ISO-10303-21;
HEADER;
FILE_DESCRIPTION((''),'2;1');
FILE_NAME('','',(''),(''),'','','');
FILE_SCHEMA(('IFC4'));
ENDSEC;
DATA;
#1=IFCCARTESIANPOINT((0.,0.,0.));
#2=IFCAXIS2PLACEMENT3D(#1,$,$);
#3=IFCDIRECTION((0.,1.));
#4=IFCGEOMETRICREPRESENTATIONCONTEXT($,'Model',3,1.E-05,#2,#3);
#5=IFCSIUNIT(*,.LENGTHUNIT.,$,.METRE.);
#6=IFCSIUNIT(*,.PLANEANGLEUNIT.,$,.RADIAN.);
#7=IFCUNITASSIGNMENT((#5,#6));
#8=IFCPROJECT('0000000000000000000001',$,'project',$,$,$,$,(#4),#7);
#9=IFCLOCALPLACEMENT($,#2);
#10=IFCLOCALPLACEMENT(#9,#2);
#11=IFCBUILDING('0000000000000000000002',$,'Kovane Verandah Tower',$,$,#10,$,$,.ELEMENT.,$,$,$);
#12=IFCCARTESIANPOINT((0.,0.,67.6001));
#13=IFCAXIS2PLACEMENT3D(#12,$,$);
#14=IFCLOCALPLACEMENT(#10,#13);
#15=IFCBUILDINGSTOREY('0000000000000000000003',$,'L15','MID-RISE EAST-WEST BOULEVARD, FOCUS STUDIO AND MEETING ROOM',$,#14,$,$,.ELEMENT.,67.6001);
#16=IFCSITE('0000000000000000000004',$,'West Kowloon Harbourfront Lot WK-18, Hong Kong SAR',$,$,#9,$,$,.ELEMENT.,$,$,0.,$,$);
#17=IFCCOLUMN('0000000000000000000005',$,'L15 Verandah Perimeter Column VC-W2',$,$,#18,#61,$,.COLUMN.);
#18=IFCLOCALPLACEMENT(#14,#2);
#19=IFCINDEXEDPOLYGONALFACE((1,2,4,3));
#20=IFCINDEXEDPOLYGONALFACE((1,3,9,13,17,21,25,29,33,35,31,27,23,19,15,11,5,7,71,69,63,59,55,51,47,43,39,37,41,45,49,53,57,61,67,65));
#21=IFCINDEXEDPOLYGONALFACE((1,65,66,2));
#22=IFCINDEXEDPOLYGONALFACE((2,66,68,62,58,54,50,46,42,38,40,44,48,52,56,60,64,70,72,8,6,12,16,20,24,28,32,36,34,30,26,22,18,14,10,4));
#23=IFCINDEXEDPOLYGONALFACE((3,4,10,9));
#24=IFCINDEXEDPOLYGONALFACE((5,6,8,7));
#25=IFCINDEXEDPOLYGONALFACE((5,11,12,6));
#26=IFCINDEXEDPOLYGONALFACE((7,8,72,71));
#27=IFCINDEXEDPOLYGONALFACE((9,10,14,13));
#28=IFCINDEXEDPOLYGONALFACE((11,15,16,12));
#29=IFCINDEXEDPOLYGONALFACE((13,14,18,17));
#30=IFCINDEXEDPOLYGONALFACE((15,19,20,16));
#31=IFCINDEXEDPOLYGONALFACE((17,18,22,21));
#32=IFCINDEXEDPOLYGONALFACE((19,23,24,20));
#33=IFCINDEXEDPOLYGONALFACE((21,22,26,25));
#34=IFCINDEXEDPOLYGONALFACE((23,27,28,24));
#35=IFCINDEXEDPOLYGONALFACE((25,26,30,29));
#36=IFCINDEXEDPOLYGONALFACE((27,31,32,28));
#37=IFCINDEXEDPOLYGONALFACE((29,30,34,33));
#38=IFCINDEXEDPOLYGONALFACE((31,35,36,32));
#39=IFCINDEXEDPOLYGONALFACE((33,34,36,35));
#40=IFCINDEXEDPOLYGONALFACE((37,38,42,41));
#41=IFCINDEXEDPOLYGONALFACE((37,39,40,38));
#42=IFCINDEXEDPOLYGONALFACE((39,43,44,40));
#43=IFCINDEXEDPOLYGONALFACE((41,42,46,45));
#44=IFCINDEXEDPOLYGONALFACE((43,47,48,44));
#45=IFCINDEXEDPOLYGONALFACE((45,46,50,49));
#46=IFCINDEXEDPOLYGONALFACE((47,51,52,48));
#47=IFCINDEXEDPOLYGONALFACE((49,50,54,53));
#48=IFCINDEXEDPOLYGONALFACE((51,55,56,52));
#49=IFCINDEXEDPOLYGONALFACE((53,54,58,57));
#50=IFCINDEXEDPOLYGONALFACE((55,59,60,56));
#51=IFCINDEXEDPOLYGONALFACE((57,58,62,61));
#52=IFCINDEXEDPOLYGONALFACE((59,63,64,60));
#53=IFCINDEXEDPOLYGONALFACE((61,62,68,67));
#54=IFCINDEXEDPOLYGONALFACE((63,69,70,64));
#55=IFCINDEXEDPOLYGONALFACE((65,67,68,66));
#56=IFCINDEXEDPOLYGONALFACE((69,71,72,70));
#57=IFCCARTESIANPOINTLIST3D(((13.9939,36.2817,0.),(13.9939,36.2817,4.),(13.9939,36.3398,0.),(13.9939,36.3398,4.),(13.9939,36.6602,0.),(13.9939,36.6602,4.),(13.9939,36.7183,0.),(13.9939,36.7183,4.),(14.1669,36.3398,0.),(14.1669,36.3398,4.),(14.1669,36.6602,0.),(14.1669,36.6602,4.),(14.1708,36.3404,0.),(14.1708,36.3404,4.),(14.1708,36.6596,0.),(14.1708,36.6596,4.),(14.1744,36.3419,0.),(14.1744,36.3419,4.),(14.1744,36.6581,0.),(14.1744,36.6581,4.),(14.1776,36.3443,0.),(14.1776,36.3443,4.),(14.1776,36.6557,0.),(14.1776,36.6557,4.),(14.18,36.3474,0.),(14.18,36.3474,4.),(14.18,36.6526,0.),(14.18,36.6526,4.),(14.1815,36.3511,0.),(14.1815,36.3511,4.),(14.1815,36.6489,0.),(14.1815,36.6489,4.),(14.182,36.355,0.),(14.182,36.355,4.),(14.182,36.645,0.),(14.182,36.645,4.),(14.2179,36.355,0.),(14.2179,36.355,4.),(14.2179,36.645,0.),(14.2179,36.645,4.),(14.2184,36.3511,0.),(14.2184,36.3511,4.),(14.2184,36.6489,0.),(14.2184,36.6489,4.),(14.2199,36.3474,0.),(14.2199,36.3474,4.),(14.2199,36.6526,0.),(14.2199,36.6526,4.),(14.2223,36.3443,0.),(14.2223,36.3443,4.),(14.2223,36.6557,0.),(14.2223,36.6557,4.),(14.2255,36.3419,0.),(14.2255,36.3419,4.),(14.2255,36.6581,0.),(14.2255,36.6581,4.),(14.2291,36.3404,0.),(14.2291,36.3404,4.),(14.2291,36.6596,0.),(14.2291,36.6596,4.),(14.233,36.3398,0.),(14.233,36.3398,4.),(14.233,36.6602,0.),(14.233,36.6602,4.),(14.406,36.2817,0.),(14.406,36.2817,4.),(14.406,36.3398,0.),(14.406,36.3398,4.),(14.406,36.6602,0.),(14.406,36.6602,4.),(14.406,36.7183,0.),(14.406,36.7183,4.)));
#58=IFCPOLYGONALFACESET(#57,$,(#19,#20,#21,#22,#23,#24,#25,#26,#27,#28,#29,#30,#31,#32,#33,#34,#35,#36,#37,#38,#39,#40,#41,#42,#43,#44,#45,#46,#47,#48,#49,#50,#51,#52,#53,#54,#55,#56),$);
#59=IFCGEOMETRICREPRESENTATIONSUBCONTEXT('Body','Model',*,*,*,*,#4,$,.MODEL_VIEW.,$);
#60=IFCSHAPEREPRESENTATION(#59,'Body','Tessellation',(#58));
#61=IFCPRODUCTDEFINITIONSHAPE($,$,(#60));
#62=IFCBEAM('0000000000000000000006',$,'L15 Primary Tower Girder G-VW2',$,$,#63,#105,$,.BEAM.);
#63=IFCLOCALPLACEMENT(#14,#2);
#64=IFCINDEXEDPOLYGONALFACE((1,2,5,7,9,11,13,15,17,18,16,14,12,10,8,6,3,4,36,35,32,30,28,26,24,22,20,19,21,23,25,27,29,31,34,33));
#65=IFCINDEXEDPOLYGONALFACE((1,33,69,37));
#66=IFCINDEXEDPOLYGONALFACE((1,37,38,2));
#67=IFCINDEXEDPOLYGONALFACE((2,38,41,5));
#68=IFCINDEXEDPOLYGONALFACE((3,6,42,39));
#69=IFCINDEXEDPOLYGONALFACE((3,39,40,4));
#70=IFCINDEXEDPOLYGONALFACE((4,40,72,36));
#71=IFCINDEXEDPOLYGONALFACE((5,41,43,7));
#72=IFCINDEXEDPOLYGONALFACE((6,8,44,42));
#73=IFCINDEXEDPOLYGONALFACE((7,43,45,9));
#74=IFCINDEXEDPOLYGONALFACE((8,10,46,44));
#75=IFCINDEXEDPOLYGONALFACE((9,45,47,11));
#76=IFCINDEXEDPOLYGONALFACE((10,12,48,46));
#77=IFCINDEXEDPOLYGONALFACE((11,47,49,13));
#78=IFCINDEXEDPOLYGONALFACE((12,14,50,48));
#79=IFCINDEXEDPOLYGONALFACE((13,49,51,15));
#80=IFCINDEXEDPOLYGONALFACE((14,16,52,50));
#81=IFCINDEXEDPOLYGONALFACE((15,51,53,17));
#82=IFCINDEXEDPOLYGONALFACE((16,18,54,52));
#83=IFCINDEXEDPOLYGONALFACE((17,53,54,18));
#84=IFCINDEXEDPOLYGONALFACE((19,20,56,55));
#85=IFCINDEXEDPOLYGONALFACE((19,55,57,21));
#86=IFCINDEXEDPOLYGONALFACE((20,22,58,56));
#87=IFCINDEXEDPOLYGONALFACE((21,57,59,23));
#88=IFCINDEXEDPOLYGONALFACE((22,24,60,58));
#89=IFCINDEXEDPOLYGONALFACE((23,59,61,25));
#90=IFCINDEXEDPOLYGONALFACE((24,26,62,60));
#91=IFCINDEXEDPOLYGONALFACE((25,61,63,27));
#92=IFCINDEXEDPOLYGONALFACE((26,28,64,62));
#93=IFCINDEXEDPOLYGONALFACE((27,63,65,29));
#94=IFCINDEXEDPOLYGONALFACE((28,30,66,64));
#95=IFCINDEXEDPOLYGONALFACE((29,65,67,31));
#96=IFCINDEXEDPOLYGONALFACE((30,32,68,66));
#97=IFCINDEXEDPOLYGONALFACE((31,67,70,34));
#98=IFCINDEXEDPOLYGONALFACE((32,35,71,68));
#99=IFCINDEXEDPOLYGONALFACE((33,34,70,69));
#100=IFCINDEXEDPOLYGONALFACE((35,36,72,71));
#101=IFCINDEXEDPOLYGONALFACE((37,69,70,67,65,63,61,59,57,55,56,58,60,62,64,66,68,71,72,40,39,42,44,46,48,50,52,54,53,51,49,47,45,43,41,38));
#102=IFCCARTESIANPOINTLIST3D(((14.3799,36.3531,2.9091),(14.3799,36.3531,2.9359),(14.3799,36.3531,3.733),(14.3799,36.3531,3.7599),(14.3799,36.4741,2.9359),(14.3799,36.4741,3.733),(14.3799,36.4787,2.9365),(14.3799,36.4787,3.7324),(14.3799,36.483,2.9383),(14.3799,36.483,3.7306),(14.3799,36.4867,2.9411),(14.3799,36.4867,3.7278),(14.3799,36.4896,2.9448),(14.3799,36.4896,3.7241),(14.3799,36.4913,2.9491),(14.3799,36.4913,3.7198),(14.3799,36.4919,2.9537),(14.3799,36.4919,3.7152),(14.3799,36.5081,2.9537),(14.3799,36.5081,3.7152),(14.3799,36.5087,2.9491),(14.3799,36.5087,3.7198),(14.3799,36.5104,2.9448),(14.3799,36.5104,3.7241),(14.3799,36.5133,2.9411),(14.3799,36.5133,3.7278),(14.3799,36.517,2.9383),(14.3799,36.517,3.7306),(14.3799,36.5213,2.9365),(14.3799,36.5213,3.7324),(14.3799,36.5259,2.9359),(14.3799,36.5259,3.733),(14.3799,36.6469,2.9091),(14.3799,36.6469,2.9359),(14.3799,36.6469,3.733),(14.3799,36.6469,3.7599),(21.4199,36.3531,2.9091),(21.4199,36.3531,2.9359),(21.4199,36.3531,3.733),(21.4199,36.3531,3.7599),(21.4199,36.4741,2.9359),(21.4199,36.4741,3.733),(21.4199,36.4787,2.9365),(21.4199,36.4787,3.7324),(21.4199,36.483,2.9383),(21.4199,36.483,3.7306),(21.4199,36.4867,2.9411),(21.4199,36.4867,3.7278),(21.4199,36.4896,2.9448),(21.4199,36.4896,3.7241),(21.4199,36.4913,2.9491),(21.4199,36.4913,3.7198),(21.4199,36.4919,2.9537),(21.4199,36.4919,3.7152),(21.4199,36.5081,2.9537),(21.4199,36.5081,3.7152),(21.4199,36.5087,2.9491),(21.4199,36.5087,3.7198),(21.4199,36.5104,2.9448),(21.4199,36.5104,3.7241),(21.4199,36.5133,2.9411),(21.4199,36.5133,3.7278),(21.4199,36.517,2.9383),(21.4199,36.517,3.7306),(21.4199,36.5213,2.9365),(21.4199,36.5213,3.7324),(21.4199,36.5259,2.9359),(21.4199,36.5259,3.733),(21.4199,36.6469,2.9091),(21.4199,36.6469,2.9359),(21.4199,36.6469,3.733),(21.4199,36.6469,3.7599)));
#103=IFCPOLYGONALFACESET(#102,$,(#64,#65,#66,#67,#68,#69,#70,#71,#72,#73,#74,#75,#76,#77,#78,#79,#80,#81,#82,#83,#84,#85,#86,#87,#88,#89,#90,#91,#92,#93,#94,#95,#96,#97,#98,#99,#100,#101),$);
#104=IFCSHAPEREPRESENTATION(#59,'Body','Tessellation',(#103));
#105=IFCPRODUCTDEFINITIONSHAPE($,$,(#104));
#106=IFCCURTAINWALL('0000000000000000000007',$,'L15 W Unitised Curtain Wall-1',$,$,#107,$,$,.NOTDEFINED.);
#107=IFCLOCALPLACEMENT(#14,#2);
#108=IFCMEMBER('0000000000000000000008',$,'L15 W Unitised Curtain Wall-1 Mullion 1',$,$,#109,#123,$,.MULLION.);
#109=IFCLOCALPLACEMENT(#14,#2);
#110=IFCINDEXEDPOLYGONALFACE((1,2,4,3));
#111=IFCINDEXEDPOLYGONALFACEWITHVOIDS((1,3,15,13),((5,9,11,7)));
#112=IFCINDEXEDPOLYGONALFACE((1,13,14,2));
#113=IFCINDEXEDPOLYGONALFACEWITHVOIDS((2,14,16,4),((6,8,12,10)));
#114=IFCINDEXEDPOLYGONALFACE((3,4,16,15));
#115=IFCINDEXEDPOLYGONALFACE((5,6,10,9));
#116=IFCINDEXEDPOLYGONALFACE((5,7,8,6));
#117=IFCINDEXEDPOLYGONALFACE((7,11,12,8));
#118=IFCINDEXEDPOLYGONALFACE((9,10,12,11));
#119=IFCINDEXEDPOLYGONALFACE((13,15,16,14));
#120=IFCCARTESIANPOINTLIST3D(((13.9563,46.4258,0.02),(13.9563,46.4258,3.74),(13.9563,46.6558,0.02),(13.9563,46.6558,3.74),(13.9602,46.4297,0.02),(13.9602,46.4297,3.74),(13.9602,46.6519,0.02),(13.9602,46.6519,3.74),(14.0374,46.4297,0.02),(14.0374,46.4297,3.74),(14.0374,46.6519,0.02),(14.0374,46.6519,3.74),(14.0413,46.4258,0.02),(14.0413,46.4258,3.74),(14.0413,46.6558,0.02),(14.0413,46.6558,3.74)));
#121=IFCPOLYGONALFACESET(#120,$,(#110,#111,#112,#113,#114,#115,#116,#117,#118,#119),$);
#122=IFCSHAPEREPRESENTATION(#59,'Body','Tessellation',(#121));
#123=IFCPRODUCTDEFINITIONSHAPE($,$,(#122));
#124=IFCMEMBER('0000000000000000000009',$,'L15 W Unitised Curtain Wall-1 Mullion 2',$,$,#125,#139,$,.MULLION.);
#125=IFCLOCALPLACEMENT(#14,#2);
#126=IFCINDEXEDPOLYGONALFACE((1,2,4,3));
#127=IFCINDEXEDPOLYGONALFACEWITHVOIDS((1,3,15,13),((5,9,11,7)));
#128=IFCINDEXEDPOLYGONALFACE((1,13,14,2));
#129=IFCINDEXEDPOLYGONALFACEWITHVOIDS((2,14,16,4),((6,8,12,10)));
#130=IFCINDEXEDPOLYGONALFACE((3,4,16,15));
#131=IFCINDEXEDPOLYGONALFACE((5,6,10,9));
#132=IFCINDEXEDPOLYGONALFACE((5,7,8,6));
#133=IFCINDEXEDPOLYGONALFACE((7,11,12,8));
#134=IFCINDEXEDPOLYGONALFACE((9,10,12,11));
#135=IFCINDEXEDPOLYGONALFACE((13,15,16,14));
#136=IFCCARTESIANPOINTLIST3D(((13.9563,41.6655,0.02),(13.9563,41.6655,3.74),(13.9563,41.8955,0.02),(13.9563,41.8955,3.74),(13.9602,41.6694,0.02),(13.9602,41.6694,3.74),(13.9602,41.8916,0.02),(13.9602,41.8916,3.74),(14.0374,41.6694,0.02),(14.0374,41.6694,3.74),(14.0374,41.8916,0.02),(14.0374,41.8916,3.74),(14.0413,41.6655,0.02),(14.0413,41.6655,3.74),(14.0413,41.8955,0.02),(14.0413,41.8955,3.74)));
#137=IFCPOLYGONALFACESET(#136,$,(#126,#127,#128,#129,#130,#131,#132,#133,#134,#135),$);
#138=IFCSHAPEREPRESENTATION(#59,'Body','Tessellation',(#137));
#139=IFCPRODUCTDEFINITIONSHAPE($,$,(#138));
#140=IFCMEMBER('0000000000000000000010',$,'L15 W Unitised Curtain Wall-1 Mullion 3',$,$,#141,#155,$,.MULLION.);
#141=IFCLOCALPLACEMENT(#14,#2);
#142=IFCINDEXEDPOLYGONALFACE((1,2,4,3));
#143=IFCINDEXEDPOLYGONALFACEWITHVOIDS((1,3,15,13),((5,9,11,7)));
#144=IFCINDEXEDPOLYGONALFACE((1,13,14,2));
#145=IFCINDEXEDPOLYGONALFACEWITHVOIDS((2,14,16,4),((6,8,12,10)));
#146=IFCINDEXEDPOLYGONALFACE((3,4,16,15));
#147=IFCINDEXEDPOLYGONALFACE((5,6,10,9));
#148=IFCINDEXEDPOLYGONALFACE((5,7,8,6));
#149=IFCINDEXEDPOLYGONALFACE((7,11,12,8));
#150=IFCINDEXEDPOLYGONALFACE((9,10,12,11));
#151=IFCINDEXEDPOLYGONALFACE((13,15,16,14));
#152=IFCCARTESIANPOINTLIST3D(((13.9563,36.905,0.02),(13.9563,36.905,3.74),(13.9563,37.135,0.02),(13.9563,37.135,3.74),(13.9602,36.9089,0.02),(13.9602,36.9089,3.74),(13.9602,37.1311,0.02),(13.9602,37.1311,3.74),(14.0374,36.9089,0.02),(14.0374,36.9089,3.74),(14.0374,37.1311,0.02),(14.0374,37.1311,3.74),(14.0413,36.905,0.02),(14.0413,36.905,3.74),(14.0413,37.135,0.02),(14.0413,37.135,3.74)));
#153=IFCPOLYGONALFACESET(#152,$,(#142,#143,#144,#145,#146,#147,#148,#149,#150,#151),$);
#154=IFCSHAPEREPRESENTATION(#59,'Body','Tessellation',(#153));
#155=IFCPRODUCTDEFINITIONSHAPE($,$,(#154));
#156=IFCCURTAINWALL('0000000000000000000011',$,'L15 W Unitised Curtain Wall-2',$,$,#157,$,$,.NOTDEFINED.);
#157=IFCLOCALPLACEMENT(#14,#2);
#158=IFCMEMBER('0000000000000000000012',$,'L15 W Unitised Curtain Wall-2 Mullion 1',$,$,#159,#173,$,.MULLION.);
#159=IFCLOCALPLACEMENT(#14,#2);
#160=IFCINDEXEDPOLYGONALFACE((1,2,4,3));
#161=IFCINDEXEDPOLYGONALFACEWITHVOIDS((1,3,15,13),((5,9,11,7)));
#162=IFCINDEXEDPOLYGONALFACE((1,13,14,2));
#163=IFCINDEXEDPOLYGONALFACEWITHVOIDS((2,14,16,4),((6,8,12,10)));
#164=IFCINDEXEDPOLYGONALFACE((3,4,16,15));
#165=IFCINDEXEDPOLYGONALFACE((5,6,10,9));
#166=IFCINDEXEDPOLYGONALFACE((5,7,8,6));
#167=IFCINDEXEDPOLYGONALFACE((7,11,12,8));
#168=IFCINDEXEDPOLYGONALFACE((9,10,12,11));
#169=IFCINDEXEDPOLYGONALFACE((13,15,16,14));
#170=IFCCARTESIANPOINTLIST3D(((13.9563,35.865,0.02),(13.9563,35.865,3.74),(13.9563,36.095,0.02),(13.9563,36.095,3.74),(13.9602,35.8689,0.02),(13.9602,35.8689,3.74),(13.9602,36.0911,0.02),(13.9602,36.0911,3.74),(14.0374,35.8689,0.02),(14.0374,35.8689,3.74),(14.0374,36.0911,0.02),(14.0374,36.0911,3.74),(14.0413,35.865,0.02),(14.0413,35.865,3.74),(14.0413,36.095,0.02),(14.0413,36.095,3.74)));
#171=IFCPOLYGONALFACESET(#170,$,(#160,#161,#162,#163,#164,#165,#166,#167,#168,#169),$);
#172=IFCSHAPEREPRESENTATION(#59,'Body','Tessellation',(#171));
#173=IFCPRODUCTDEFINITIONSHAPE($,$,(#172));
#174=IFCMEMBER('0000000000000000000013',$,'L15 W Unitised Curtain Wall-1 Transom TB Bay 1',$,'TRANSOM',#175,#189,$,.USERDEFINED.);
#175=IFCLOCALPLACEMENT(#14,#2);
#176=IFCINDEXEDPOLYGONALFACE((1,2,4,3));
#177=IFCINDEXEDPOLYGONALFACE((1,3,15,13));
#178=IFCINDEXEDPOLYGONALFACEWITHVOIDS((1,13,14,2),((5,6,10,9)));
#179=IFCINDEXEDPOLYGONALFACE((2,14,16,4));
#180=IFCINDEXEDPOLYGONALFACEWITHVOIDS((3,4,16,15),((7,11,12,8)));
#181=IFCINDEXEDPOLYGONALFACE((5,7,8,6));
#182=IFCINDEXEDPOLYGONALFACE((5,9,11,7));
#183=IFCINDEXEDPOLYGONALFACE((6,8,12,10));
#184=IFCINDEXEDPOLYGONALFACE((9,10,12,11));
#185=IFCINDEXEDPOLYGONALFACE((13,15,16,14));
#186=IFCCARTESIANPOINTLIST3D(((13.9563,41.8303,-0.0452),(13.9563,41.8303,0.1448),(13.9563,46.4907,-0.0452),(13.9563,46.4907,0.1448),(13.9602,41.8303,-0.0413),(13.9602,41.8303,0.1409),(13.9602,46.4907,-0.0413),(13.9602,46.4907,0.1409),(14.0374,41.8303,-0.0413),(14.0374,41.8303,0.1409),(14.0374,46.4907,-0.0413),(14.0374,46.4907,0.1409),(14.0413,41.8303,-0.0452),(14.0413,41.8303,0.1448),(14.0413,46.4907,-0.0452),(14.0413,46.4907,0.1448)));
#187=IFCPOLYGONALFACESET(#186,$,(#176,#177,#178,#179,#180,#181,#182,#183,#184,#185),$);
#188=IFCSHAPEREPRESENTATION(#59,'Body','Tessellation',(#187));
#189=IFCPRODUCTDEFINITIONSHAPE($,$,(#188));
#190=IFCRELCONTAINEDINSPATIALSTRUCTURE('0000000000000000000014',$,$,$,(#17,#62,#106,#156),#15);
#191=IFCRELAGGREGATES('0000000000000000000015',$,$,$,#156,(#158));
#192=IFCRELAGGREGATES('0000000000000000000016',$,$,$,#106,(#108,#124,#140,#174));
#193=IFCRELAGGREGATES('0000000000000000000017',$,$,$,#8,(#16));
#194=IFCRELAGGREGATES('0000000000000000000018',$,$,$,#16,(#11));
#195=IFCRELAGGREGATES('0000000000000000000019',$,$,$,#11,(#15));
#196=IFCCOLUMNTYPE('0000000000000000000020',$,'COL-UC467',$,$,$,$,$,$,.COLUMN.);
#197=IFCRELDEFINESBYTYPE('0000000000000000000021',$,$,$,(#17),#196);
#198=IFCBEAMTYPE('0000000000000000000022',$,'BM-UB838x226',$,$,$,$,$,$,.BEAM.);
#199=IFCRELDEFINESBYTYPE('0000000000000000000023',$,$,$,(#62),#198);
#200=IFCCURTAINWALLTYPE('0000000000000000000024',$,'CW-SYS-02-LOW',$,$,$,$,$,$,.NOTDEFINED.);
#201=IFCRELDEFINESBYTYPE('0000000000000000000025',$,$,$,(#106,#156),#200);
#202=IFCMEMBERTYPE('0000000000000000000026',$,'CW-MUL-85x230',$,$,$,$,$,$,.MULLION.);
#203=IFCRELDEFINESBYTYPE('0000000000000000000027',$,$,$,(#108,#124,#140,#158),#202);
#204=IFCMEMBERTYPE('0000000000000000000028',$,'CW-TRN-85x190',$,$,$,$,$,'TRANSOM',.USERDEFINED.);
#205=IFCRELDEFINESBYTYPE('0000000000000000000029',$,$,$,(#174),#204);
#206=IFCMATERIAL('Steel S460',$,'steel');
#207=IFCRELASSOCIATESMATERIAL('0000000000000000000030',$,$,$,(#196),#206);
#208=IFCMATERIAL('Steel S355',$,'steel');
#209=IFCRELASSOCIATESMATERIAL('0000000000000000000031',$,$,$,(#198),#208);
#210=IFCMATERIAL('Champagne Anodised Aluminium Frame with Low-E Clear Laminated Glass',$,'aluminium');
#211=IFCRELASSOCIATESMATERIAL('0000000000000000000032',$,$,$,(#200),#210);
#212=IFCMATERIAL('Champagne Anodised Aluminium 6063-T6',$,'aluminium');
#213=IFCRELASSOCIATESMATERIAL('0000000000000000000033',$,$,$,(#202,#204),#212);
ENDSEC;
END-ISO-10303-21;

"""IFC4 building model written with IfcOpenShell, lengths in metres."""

from ifc_helpers import new_model, si_unit, direction, frame, origin, origin_2d, place, context, subcontext, project, spatial, hollow_rectangle, i_section, extrude, material, material_profile, profile_set, type_object, element, aggregate, save


model = new_model("IFC4")

# Units and contexts
model_context = context("Model", 3, precision=1e-05, world=origin(), true_north=direction((0.0, 1.0)))
body_context = subcontext(model_context, "Body", "Model", "MODEL_VIEW")
ifc_project = project(units=[si_unit("LENGTHUNIT", "METRE"), si_unit("PLANEANGLEUNIT", "RADIAN")], contexts=[model_context])

# Site, building, storey
site_placement = place(None, origin())
site = spatial("IfcSite", under=ifc_project, at=site_placement, Name="West Kowloon Harbourfront Lot WK-18, Hong Kong SAR", CompositionType="ELEMENT", RefElevation=0.0)
building_placement = place(site_placement, origin())
building = spatial("IfcBuilding", under=site, at=building_placement, Name="Kovane Verandah Tower", CompositionType="ELEMENT")
storey_placement = place(building_placement, frame((0.0, 0.0, 67.6001)))
storey = spatial("IfcBuildingStorey", under=building, at=storey_placement, Name="L15", Description="MID-RISE EAST-WEST BOULEVARD, FOCUS STUDIO AND MEETING ROOM", CompositionType="ELEMENT", Elevation=67.6001)

# Column
ifc_material_1 = material(Name="Steel S460", Category="steel")
ifc_material_profile_1 = material_profile(ifc_material_1, i_section(OverallWidth=0.4121, OverallDepth=0.4365, WebThickness=0.0359, FlangeThickness=0.0581, FilletRadius=0.0151, at=origin_2d()), Name="UC356x406x467")
ifc_profile_set_1 = profile_set([ifc_material_profile_1], Name="Steel S460")
column_type = type_object("IfcColumnType", Name="COL-UC467", PredefinedType="COLUMN", material=ifc_profile_set_1)
column_placement = place(storey_placement, frame((14.2, 36.5, 0.0), z_axis=(0.0, 0.0, 1.0), x_axis=(1.0, 0.0, 0.0)))
element("IfcColumn", 1, at=column_placement, inside=storey, type_object=column_type, Name="L15 Verandah Perimeter Column VC-W2", PredefinedType="COLUMN", context=body_context, shape_type="SweptSolid", body=[
    extrude(i_section(OverallWidth=0.4121, OverallDepth=0.4365, WebThickness=0.0359, FlangeThickness=0.0581, FilletRadius=0.0151, at=origin_2d()), origin(), (0.0, 0.0, 1.0), 4.0),
])

# Beam
ifc_material_2 = material(Name="Steel S355", Category="steel")
ifc_material_profile_2 = material_profile(ifc_material_2, i_section(OverallWidth=0.2937, OverallDepth=0.8508, WebThickness=0.0161, FlangeThickness=0.0269, FilletRadius=0.0178, at=origin_2d()), Name="UB838x292x226")
ifc_profile_set_2 = profile_set([ifc_material_profile_2], Name="Steel S355")
beam_type = type_object("IfcBeamType", Name="BM-UB838x226", PredefinedType="BEAM", material=ifc_profile_set_2)
beam_placement = place(storey_placement, frame((21.4199, 36.5, 3.3345), z_axis=(-1.0, 0.0, 0.0), x_axis=(0.0, -1.0, 0.0)))
element("IfcBeam", 2, at=beam_placement, inside=storey, type_object=beam_type, Name="L15 Primary Tower Girder G-VW2", PredefinedType="BEAM", context=body_context, shape_type="SweptSolid", body=[
    extrude(i_section(OverallWidth=0.2937, OverallDepth=0.8508, WebThickness=0.0161, FlangeThickness=0.0269, FilletRadius=0.0178, at=origin_2d()), origin(), (0.0, 0.0, 1.0), 7.04),
])

# Curtain wall, members
ifc_material_3 = material(Name="Champagne Anodised Aluminium Frame with Low-E Clear Laminated Glass", Category="aluminium")
curtain_wall_type = type_object("IfcCurtainWallType", Name="CW-SYS-02-LOW", PredefinedType="NOTDEFINED", material=ifc_material_3)
curtain_wall_1_placement = place(storey_placement, origin())
curtain_wall_1 = element("IfcCurtainWall", 3, at=curtain_wall_1_placement, inside=storey, type_object=curtain_wall_type, Name="L15 W Unitised Curtain Wall-1", PredefinedType="NOTDEFINED")
ifc_material_4 = material(Name="Champagne Anodised Aluminium 6063-T6", Category="aluminium")
ifc_material_profile_3 = material_profile(ifc_material_4, hollow_rectangle(XDim=0.085, YDim=0.23, WallThickness=0.0039, at=origin_2d()), Name="AL85x230x4")
ifc_profile_set_3 = profile_set([ifc_material_profile_3], Name="Champagne Anodised Aluminium 6063-T6")
member_type_1 = type_object("IfcMemberType", Name="CW-MUL-85x230", PredefinedType="MULLION", material=ifc_profile_set_3)
member_1_placement = place(storey_placement, frame((13.9988, 46.5408, 0.02), z_axis=(0.0, 0.0, 1.0), x_axis=(-1.0, 0.0, 0.0)))
member_1 = element("IfcMember", 4, at=member_1_placement, type_object=member_type_1, Name="L15 W Unitised Curtain Wall-1 Mullion 1", PredefinedType="MULLION", context=body_context, shape_type="SweptSolid", body=[
    extrude(hollow_rectangle(XDim=0.085, YDim=0.23, WallThickness=0.0039, at=origin_2d()), origin(), (0.0, 0.0, 1.0), 3.72),
])
member_2_placement = place(storey_placement, frame((13.9988, 41.7805, 0.02), z_axis=(0.0, 0.0, 1.0), x_axis=(-1.0, 0.0, 0.0)))
member_2 = element("IfcMember", 5, at=member_2_placement, type_object=member_type_1, Name="L15 W Unitised Curtain Wall-1 Mullion 2", PredefinedType="MULLION", context=body_context, shape_type="SweptSolid", body=[
    extrude(hollow_rectangle(XDim=0.085, YDim=0.23, WallThickness=0.0039, at=origin_2d()), origin(), (0.0, 0.0, 1.0), 3.72),
])
member_3_placement = place(storey_placement, frame((13.9988, 37.02, 0.02), z_axis=(0.0, 0.0, 1.0), x_axis=(-1.0, 0.0, 0.0)))
member_3 = element("IfcMember", 6, at=member_3_placement, type_object=member_type_1, Name="L15 W Unitised Curtain Wall-1 Mullion 3", PredefinedType="MULLION", context=body_context, shape_type="SweptSolid", body=[
    extrude(hollow_rectangle(XDim=0.085, YDim=0.23, WallThickness=0.0039, at=origin_2d()), origin(), (0.0, 0.0, 1.0), 3.72),
])

# Curtain wall, member
curtain_wall_2_placement = place(storey_placement, origin())
curtain_wall_2 = element("IfcCurtainWall", 7, at=curtain_wall_2_placement, inside=storey, type_object=curtain_wall_type, Name="L15 W Unitised Curtain Wall-2", PredefinedType="NOTDEFINED")
member_4_placement = place(storey_placement, frame((13.9988, 35.98, 0.02), z_axis=(0.0, 0.0, 1.0), x_axis=(-1.0, 0.0, 0.0)))
member_4 = element("IfcMember", 8, at=member_4_placement, type_object=member_type_1, Name="L15 W Unitised Curtain Wall-2 Mullion 1", PredefinedType="MULLION", context=body_context, shape_type="SweptSolid", body=[
    extrude(hollow_rectangle(XDim=0.085, YDim=0.23, WallThickness=0.0039, at=origin_2d()), origin(), (0.0, 0.0, 1.0), 3.72),
])
aggregate(curtain_wall_2, [member_4])

# Member
ifc_material_profile_4 = material_profile(ifc_material_4, hollow_rectangle(XDim=0.085, YDim=0.1899, WallThickness=0.0039, at=origin_2d()), Name="AL85x190x4")
ifc_profile_set_4 = profile_set([ifc_material_profile_4], Name="Champagne Anodised Aluminium 6063-T6")
member_type_2 = type_object("IfcMemberType", Name="CW-TRN-85x190", ElementType="TRANSOM", PredefinedType="USERDEFINED", material=ifc_profile_set_4)
member_5_placement = place(storey_placement, frame((13.9988, 46.4907, 0.0498), z_axis=(0.0, -1.0, 0.0), x_axis=(1.0, 0.0, 0.0)))
member_5 = element("IfcMember", 9, at=member_5_placement, type_object=member_type_2, Name="L15 W Unitised Curtain Wall-1 Transom TB Bay 1", ObjectType="TRANSOM", PredefinedType="USERDEFINED", context=body_context, shape_type="SweptSolid", body=[
    extrude(hollow_rectangle(XDim=0.085, YDim=0.1899, WallThickness=0.0039, at=origin_2d()), origin(), (0.0, 0.0, 1.0), 4.6604),
])

aggregate(curtain_wall_1, [member_1, member_2, member_3, member_5])

save(model, "model.ifc")
